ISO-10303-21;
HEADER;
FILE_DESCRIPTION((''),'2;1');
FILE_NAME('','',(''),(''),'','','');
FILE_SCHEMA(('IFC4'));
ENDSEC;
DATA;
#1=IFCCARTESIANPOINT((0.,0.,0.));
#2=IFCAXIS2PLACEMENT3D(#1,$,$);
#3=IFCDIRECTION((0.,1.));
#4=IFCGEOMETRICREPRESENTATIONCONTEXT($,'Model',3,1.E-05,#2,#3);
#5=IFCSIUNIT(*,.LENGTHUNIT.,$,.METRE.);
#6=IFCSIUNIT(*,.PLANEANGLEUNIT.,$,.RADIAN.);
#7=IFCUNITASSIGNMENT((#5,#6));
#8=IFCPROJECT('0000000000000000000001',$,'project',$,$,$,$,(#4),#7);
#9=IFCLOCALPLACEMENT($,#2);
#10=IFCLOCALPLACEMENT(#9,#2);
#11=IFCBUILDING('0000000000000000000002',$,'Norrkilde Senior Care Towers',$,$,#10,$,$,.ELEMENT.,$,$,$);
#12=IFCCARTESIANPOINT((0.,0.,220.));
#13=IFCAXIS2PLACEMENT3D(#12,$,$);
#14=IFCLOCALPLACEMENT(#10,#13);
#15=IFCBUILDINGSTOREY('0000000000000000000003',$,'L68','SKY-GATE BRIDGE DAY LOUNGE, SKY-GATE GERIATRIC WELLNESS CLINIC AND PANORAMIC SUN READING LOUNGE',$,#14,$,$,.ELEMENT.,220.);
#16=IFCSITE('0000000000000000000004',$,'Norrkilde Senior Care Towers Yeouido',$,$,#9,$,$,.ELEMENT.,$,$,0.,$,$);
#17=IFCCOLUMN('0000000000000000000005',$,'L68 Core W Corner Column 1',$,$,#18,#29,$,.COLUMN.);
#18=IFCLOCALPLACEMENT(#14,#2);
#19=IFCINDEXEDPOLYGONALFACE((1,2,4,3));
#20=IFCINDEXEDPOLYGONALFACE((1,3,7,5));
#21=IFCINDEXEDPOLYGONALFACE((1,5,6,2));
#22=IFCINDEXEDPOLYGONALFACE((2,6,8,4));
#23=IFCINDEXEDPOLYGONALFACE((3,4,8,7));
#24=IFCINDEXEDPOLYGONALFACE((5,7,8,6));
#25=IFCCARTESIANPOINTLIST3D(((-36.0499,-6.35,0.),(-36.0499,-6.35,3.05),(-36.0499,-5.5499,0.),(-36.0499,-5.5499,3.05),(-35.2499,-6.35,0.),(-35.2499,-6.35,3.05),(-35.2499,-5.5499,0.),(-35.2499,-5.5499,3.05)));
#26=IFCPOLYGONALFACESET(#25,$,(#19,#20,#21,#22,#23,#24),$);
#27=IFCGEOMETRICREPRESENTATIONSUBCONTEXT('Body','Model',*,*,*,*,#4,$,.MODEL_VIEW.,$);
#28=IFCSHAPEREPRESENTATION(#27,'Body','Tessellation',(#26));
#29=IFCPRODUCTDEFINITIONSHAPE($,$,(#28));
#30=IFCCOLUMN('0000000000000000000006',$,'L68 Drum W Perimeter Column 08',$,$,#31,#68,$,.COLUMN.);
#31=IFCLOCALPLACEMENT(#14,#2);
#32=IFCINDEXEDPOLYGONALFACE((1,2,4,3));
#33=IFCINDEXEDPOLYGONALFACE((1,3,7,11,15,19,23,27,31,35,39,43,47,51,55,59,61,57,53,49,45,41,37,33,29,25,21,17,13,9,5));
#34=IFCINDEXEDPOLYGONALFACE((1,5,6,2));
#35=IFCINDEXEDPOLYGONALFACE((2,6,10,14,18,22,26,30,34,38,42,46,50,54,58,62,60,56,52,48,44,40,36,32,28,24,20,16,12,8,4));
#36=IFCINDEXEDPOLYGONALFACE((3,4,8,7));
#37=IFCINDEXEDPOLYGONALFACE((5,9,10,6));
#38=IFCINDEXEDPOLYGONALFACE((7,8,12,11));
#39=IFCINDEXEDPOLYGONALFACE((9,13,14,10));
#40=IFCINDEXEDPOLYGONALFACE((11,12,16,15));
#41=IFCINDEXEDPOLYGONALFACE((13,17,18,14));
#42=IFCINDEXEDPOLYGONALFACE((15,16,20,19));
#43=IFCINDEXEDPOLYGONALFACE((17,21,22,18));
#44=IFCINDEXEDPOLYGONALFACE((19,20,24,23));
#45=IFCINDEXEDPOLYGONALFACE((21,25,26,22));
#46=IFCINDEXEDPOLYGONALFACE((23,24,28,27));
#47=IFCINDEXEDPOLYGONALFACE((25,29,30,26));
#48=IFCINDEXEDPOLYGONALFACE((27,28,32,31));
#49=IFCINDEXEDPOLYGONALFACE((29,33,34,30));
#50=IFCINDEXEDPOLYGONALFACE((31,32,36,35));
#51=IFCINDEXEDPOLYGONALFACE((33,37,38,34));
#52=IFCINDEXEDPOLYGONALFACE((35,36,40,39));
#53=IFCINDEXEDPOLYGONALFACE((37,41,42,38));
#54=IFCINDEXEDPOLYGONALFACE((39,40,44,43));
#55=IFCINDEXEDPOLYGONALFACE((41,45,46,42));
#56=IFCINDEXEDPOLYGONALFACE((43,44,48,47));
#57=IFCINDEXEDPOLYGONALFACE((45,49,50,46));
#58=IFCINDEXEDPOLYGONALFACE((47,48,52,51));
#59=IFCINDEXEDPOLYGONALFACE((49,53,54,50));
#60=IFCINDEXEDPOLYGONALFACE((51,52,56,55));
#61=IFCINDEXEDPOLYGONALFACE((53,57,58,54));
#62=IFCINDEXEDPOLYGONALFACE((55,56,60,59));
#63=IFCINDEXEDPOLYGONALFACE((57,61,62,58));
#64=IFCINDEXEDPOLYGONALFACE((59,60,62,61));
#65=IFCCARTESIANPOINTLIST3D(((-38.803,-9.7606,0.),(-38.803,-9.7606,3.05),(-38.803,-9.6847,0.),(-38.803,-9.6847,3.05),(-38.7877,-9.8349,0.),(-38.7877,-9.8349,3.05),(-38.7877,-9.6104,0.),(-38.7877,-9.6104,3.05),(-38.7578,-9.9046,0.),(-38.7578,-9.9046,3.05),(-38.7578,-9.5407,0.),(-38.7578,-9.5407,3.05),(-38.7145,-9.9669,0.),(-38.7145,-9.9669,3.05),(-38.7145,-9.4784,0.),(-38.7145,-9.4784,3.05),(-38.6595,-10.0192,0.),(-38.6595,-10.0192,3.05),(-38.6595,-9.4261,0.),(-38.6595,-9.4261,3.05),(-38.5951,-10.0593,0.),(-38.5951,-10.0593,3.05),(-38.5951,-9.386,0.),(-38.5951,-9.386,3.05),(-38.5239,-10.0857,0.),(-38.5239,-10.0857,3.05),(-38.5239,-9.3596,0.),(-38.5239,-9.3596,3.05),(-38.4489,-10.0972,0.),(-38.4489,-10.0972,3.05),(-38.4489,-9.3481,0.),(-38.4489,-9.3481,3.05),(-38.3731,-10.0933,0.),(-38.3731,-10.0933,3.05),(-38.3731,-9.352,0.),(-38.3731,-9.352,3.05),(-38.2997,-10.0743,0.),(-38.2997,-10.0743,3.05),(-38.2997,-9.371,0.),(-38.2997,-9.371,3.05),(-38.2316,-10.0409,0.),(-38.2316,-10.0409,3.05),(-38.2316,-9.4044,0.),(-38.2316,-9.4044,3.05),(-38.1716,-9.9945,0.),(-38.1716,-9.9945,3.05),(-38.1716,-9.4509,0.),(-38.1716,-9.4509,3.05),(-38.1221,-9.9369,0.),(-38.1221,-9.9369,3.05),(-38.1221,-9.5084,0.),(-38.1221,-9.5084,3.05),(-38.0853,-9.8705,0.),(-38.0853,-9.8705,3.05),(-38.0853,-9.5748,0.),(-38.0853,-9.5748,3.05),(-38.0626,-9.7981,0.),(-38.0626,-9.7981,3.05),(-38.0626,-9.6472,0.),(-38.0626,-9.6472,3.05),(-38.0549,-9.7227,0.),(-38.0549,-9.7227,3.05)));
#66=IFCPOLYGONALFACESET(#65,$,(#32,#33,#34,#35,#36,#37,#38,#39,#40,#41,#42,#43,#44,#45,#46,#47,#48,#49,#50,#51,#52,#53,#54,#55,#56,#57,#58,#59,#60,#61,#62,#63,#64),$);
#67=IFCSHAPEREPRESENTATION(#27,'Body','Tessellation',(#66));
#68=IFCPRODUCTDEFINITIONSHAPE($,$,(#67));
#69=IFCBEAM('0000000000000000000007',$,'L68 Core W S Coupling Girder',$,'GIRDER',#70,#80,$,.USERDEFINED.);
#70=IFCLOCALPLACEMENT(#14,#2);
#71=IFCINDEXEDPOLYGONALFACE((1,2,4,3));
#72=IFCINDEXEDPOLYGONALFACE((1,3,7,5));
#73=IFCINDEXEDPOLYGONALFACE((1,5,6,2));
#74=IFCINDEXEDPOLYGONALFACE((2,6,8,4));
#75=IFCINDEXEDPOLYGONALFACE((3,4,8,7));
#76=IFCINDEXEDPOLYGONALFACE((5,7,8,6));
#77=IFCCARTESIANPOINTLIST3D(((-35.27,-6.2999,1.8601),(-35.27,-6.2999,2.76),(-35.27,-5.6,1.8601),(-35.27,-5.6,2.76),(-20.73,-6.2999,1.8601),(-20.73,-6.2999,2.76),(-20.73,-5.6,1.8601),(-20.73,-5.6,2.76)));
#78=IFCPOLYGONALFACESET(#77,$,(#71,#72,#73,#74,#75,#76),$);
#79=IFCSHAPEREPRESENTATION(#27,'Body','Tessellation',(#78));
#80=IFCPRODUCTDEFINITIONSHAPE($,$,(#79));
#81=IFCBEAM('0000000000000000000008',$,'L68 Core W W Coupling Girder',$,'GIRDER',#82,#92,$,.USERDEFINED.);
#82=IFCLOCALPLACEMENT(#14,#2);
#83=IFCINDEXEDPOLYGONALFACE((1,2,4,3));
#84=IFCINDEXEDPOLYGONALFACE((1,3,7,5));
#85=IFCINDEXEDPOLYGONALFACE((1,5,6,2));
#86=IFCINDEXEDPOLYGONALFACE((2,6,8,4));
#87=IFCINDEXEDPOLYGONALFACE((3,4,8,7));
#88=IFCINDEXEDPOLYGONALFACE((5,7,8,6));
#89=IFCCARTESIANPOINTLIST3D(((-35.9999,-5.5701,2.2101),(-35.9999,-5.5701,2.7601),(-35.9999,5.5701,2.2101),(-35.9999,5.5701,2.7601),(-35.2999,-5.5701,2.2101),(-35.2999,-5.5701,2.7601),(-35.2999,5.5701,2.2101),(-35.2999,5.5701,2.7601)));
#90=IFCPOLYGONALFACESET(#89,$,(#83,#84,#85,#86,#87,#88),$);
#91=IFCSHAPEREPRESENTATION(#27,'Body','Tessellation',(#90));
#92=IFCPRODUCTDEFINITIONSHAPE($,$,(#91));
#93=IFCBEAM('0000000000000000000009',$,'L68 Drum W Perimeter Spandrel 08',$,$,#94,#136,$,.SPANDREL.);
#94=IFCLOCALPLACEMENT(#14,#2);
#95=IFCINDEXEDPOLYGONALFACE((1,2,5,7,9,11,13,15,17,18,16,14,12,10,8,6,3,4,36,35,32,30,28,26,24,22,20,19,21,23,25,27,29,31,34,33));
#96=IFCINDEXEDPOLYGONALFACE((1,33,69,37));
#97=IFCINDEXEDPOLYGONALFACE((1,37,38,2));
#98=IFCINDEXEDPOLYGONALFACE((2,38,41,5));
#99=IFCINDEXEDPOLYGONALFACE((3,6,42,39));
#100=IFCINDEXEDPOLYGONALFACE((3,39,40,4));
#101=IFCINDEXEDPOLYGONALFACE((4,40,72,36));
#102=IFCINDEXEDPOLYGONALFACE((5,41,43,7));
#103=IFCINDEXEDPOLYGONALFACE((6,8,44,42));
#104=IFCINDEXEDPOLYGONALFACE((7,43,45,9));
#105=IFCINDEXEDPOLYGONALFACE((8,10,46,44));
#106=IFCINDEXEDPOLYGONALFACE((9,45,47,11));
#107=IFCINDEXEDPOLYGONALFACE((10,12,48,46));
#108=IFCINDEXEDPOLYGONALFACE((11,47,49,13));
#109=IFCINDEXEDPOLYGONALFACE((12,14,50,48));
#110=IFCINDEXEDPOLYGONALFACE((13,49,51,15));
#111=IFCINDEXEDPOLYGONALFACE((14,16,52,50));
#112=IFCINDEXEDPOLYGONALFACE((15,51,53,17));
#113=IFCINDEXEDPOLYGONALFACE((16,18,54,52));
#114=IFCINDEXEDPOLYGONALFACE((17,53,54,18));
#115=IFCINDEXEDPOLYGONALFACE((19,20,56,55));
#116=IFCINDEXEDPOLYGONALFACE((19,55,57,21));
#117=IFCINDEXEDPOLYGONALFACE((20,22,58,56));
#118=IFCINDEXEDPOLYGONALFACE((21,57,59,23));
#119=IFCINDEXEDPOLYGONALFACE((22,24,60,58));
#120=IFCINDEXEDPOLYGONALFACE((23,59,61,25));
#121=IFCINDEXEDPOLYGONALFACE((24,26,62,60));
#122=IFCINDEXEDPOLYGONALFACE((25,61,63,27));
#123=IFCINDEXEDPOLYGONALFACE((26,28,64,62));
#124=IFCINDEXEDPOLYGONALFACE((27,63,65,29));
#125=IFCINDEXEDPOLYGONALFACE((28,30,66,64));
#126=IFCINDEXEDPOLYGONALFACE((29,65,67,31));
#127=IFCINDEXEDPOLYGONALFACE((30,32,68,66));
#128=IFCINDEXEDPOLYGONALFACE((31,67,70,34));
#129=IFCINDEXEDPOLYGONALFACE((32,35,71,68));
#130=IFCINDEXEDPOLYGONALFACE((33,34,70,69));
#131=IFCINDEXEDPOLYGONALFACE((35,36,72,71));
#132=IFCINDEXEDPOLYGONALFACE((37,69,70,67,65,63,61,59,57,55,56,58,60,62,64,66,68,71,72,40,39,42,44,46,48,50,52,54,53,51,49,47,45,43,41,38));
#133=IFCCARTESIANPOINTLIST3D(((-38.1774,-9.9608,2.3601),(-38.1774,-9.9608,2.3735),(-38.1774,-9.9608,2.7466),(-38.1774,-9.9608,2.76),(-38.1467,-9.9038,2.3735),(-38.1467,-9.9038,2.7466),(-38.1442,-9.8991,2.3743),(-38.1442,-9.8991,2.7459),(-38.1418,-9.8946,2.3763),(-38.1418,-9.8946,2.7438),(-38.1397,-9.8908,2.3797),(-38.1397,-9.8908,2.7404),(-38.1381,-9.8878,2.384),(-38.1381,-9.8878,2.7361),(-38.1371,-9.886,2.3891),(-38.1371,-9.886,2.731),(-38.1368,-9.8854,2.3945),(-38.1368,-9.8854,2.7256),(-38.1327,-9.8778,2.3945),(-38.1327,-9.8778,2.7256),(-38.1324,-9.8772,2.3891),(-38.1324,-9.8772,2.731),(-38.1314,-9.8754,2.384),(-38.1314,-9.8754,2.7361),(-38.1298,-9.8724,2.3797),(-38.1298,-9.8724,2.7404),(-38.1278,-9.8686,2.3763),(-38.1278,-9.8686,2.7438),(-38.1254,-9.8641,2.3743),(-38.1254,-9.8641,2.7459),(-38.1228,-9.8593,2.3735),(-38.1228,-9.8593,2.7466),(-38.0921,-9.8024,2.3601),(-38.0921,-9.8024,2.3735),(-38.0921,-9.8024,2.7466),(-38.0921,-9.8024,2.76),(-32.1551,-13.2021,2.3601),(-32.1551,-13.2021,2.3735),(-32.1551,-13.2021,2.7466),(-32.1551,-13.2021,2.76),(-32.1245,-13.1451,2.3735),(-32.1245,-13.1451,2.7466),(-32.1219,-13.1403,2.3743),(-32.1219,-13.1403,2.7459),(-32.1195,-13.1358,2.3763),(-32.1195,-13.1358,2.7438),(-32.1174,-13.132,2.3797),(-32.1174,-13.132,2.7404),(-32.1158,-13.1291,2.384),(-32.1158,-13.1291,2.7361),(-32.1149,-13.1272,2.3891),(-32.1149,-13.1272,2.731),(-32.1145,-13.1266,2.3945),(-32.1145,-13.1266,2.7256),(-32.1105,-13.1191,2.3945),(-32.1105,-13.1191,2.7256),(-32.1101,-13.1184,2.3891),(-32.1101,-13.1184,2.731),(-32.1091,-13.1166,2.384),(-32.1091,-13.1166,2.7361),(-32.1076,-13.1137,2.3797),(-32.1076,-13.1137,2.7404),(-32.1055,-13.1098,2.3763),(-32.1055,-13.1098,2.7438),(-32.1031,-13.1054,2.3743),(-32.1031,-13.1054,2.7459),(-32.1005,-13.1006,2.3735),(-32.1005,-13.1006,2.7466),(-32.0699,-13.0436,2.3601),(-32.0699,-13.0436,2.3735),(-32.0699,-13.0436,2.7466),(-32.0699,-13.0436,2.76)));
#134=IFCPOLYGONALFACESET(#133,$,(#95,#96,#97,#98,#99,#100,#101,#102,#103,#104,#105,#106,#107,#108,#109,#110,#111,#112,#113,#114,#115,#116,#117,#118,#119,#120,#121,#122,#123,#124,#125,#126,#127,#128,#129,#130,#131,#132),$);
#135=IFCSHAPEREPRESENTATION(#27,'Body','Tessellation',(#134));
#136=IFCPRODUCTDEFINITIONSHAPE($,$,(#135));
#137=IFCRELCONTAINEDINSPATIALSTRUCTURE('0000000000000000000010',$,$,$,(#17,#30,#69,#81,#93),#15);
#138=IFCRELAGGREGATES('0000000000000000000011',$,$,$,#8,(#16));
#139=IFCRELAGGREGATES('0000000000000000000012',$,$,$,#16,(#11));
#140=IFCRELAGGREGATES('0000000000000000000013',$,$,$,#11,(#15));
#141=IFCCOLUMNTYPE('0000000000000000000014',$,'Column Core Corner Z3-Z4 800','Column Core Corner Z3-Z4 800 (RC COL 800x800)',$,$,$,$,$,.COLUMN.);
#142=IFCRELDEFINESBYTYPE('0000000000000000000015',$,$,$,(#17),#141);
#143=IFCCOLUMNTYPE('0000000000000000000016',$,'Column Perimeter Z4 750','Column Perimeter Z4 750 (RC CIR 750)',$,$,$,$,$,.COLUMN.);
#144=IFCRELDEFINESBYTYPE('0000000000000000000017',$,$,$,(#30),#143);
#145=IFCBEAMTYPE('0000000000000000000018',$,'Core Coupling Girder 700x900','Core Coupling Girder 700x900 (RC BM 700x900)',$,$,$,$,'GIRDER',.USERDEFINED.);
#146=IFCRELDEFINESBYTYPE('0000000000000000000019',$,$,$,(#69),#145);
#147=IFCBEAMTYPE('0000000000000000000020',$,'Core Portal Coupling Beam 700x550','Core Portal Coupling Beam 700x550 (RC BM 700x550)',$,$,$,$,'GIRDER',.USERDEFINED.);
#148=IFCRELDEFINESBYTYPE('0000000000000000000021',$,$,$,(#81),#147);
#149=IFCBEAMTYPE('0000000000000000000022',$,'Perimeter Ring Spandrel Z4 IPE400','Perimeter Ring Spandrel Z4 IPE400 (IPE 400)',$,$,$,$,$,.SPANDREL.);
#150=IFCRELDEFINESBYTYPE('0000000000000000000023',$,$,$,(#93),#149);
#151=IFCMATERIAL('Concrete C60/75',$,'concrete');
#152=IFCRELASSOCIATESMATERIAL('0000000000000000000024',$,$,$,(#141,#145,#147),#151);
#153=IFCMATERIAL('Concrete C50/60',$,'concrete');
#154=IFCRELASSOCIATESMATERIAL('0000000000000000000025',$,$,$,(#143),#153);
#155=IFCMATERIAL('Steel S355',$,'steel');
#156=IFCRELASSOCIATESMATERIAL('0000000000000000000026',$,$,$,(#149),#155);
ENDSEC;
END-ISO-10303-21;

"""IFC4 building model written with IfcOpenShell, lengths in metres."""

from ifc_helpers import new_model, si_unit, direction, frame, origin, origin_2d, place, context, subcontext, project, spatial, rectangle, circle, i_section, extrude, source, transform, mapped, material, material_profile, profile_set, type_object, type_shapes, element, save


model = new_model("IFC4")

# Units and contexts
model_context = context("Model", 3, precision=1e-05, world=origin(), true_north=direction((0.0, 1.0)))
body_context = subcontext(model_context, "Body", "Model", "MODEL_VIEW")
ifc_project = project(units=[si_unit("LENGTHUNIT", "METRE"), si_unit("PLANEANGLEUNIT", "RADIAN")], contexts=[model_context])

# Site, building, storey
site_placement = place(None, origin())
site = spatial("IfcSite", under=ifc_project, at=site_placement, Name="Norrkilde Senior Care Towers Yeouido", CompositionType="ELEMENT", RefElevation=0.0)
building_placement = place(site_placement, origin())
building = spatial("IfcBuilding", under=site, at=building_placement, Name="Norrkilde Senior Care Towers", CompositionType="ELEMENT")
storey_placement = place(building_placement, frame((0.0, 0.0, 220.0)))
storey = spatial("IfcBuildingStorey", under=building, at=storey_placement, Name="L68", Description="SKY-GATE BRIDGE DAY LOUNGE, SKY-GATE GERIATRIC WELLNESS CLINIC AND PANORAMIC SUN READING LOUNGE", CompositionType="ELEMENT", Elevation=220.0)

# Columns
ifc_material_1 = material(Name="Concrete C60/75", Category="concrete")
ifc_material_profile_1 = material_profile(ifc_material_1, rectangle(XDim=0.8, YDim=0.8, at=origin_2d()), Name="RC COL 800x800")
ifc_profile_set_1 = profile_set([ifc_material_profile_1], Name="Concrete C60/75")
column_type_1 = type_object("IfcColumnType", Name="Column Core Corner Z3-Z4 800", Description="Column Core Corner Z3-Z4 800 (RC COL 800x800)", PredefinedType="COLUMN", material=ifc_profile_set_1)
shared_shape_1 = source(origin(), body_context, "Body", "SweptSolid", [
    extrude(rectangle(XDim=0.8, YDim=0.8, at=origin_2d()), origin(), (0.0, 0.0, 1.0), 3.05),
])
type_shapes(column_type_1, [shared_shape_1])
column_1_placement = place(storey_placement, frame((-35.6499, -5.95, 0.0), z_axis=(0.0, 0.0, 1.0), x_axis=(1.0, 0.0, 0.0)))
element("IfcColumn", 1, at=column_1_placement, inside=storey, type_object=column_type_1, Name="L68 Core W Corner Column 1", PredefinedType="COLUMN", context=body_context, shape_type="MappedRepresentation", body=[
    mapped(shared_shape_1, transform((0.0, 0.0, 0.0), x_axis=(1.0, 0.0, 0.0), y_axis=(0.0, 1.0, 0.0), z_axis=(0.0, 0.0, 1.0), scale=1.0)),
])
ifc_material_2 = material(Name="Concrete C50/60", Category="concrete")
ifc_material_profile_2 = material_profile(ifc_material_2, circle(Radius=0.375, at=origin_2d()), Name="RC CIR 750")
ifc_profile_set_2 = profile_set([ifc_material_profile_2], Name="Concrete C50/60")
column_type_2 = type_object("IfcColumnType", Name="Column Perimeter Z4 750", Description="Column Perimeter Z4 750 (RC CIR 750)", PredefinedType="COLUMN", material=ifc_profile_set_2)
shared_shape_2 = source(origin(), body_context, "Body", "SweptSolid", [
    extrude(circle(Radius=0.375, at=origin_2d()), origin(), (0.0, 0.0, 1.0), 3.05),
])
type_shapes(column_type_2, [shared_shape_2])
column_2_placement = place(storey_placement, frame((-38.4299, -9.7227, 0.0), z_axis=(0.0, 0.0, 1.0), x_axis=(1.0, 0.0, 0.0)))
element("IfcColumn", 2, at=column_2_placement, inside=storey, type_object=column_type_2, Name="L68 Drum W Perimeter Column 08", PredefinedType="COLUMN", context=body_context, shape_type="MappedRepresentation", body=[
    mapped(shared_shape_2, transform((0.0, 0.0, 0.0), x_axis=(1.0, 0.0, 0.0), y_axis=(0.0, 1.0, 0.0), z_axis=(0.0, 0.0, 1.0), scale=1.0)),
])

# Beams
ifc_material_profile_3 = material_profile(ifc_material_1, rectangle(XDim=0.7, YDim=0.8999, at=origin_2d()), Name="RC BM 700x900")
ifc_profile_set_3 = profile_set([ifc_material_profile_3], Name="Concrete C60/75")
beam_type_1 = type_object("IfcBeamType", Name="Core Coupling Girder 700x900", Description="Core Coupling Girder 700x900 (RC BM 700x900)", ElementType="GIRDER", PredefinedType="USERDEFINED", material=ifc_profile_set_3)
shared_shape_3 = source(origin(), body_context, "Body", "SweptSolid", [
    extrude(rectangle(XDim=0.7, YDim=0.8999, at=origin_2d()), origin(), (0.0, 0.0, 1.0), 14.54),
])
type_shapes(beam_type_1, [shared_shape_3])
beam_1_placement = place(storey_placement, frame((-35.27, -5.95, 2.3101), z_axis=(1.0, 0.0, 0.0), x_axis=(0.0, 1.0, 0.0)))
element("IfcBeam", 3, at=beam_1_placement, inside=storey, type_object=beam_type_1, Name="L68 Core W S Coupling Girder", ObjectType="GIRDER", PredefinedType="USERDEFINED", context=body_context, shape_type="MappedRepresentation", body=[
    mapped(shared_shape_3, transform((0.0, 0.0, 0.0), x_axis=(1.0, 0.0, 0.0), y_axis=(0.0, 1.0, 0.0), z_axis=(0.0, 0.0, 1.0), scale=1.0)),
])
ifc_material_profile_4 = material_profile(ifc_material_1, rectangle(XDim=0.7, YDim=0.55, at=origin_2d()), Name="RC BM 700x550")
ifc_profile_set_4 = profile_set([ifc_material_profile_4], Name="Concrete C60/75")
beam_type_2 = type_object("IfcBeamType", Name="Core Portal Coupling Beam 700x550", Description="Core Portal Coupling Beam 700x550 (RC BM 700x550)", ElementType="GIRDER", PredefinedType="USERDEFINED", material=ifc_profile_set_4)
shared_shape_4 = source(origin(), body_context, "Body", "SweptSolid", [
    extrude(rectangle(XDim=0.7, YDim=0.55, at=origin_2d()), origin(), (0.0, 0.0, 1.0), 11.1401),
])
type_shapes(beam_type_2, [shared_shape_4])
beam_2_placement = place(storey_placement, frame((-35.6499, -5.5701, 2.4851), z_axis=(0.0, 1.0, 0.0), x_axis=(-1.0, 0.0, 0.0)))
element("IfcBeam", 4, at=beam_2_placement, inside=storey, type_object=beam_type_2, Name="L68 Core W W Coupling Girder", ObjectType="GIRDER", PredefinedType="USERDEFINED", context=body_context, shape_type="MappedRepresentation", body=[
    mapped(shared_shape_4, transform((0.0, 0.0, 0.0), x_axis=(1.0, 0.0, 0.0), y_axis=(0.0, 1.0, 0.0), z_axis=(0.0, 0.0, 1.0), scale=1.0)),
])
ifc_material_3 = material(Name="Steel S355", Category="steel")
ifc_material_profile_5 = material_profile(ifc_material_3, i_section(OverallWidth=0.1799, OverallDepth=0.3999, WebThickness=0.0085, FlangeThickness=0.0134, FilletRadius=0.021, at=origin_2d()), Name="IPE 400")
ifc_profile_set_5 = profile_set([ifc_material_profile_5], Name="Steel S355")
beam_type_3 = type_object("IfcBeamType", Name="Perimeter Ring Spandrel Z4 IPE400", Description="Perimeter Ring Spandrel Z4 IPE400 (IPE 400)", PredefinedType="SPANDREL", material=ifc_profile_set_5)
shared_shape_5 = source(origin(), body_context, "Body", "SweptSolid", [
    extrude(i_section(OverallWidth=0.1799, OverallDepth=0.3999, WebThickness=0.0085, FlangeThickness=0.0134, FilletRadius=0.021, at=origin_2d()), origin(), (0.0, 0.0, 1.0), 6.8391),
])
type_shapes(beam_type_3, [shared_shape_5])
beam_3_placement = place(storey_placement, frame((-38.1348, -9.8816, 2.5601), z_axis=(0.880564, -0.473927, 0.0), x_axis=(0.473927, 0.880564, 0.0)))
element("IfcBeam", 5, at=beam_3_placement, inside=storey, type_object=beam_type_3, Name="L68 Drum W Perimeter Spandrel 08", PredefinedType="SPANDREL", context=body_context, shape_type="MappedRepresentation", body=[
    mapped(shared_shape_5, transform((0.0, 0.0, 0.0), x_axis=(1.0, 0.0, 0.0), y_axis=(0.0, 1.0, 0.0), z_axis=(0.0, 0.0, 1.0), scale=1.0)),
])

save(model, "model.ifc")
